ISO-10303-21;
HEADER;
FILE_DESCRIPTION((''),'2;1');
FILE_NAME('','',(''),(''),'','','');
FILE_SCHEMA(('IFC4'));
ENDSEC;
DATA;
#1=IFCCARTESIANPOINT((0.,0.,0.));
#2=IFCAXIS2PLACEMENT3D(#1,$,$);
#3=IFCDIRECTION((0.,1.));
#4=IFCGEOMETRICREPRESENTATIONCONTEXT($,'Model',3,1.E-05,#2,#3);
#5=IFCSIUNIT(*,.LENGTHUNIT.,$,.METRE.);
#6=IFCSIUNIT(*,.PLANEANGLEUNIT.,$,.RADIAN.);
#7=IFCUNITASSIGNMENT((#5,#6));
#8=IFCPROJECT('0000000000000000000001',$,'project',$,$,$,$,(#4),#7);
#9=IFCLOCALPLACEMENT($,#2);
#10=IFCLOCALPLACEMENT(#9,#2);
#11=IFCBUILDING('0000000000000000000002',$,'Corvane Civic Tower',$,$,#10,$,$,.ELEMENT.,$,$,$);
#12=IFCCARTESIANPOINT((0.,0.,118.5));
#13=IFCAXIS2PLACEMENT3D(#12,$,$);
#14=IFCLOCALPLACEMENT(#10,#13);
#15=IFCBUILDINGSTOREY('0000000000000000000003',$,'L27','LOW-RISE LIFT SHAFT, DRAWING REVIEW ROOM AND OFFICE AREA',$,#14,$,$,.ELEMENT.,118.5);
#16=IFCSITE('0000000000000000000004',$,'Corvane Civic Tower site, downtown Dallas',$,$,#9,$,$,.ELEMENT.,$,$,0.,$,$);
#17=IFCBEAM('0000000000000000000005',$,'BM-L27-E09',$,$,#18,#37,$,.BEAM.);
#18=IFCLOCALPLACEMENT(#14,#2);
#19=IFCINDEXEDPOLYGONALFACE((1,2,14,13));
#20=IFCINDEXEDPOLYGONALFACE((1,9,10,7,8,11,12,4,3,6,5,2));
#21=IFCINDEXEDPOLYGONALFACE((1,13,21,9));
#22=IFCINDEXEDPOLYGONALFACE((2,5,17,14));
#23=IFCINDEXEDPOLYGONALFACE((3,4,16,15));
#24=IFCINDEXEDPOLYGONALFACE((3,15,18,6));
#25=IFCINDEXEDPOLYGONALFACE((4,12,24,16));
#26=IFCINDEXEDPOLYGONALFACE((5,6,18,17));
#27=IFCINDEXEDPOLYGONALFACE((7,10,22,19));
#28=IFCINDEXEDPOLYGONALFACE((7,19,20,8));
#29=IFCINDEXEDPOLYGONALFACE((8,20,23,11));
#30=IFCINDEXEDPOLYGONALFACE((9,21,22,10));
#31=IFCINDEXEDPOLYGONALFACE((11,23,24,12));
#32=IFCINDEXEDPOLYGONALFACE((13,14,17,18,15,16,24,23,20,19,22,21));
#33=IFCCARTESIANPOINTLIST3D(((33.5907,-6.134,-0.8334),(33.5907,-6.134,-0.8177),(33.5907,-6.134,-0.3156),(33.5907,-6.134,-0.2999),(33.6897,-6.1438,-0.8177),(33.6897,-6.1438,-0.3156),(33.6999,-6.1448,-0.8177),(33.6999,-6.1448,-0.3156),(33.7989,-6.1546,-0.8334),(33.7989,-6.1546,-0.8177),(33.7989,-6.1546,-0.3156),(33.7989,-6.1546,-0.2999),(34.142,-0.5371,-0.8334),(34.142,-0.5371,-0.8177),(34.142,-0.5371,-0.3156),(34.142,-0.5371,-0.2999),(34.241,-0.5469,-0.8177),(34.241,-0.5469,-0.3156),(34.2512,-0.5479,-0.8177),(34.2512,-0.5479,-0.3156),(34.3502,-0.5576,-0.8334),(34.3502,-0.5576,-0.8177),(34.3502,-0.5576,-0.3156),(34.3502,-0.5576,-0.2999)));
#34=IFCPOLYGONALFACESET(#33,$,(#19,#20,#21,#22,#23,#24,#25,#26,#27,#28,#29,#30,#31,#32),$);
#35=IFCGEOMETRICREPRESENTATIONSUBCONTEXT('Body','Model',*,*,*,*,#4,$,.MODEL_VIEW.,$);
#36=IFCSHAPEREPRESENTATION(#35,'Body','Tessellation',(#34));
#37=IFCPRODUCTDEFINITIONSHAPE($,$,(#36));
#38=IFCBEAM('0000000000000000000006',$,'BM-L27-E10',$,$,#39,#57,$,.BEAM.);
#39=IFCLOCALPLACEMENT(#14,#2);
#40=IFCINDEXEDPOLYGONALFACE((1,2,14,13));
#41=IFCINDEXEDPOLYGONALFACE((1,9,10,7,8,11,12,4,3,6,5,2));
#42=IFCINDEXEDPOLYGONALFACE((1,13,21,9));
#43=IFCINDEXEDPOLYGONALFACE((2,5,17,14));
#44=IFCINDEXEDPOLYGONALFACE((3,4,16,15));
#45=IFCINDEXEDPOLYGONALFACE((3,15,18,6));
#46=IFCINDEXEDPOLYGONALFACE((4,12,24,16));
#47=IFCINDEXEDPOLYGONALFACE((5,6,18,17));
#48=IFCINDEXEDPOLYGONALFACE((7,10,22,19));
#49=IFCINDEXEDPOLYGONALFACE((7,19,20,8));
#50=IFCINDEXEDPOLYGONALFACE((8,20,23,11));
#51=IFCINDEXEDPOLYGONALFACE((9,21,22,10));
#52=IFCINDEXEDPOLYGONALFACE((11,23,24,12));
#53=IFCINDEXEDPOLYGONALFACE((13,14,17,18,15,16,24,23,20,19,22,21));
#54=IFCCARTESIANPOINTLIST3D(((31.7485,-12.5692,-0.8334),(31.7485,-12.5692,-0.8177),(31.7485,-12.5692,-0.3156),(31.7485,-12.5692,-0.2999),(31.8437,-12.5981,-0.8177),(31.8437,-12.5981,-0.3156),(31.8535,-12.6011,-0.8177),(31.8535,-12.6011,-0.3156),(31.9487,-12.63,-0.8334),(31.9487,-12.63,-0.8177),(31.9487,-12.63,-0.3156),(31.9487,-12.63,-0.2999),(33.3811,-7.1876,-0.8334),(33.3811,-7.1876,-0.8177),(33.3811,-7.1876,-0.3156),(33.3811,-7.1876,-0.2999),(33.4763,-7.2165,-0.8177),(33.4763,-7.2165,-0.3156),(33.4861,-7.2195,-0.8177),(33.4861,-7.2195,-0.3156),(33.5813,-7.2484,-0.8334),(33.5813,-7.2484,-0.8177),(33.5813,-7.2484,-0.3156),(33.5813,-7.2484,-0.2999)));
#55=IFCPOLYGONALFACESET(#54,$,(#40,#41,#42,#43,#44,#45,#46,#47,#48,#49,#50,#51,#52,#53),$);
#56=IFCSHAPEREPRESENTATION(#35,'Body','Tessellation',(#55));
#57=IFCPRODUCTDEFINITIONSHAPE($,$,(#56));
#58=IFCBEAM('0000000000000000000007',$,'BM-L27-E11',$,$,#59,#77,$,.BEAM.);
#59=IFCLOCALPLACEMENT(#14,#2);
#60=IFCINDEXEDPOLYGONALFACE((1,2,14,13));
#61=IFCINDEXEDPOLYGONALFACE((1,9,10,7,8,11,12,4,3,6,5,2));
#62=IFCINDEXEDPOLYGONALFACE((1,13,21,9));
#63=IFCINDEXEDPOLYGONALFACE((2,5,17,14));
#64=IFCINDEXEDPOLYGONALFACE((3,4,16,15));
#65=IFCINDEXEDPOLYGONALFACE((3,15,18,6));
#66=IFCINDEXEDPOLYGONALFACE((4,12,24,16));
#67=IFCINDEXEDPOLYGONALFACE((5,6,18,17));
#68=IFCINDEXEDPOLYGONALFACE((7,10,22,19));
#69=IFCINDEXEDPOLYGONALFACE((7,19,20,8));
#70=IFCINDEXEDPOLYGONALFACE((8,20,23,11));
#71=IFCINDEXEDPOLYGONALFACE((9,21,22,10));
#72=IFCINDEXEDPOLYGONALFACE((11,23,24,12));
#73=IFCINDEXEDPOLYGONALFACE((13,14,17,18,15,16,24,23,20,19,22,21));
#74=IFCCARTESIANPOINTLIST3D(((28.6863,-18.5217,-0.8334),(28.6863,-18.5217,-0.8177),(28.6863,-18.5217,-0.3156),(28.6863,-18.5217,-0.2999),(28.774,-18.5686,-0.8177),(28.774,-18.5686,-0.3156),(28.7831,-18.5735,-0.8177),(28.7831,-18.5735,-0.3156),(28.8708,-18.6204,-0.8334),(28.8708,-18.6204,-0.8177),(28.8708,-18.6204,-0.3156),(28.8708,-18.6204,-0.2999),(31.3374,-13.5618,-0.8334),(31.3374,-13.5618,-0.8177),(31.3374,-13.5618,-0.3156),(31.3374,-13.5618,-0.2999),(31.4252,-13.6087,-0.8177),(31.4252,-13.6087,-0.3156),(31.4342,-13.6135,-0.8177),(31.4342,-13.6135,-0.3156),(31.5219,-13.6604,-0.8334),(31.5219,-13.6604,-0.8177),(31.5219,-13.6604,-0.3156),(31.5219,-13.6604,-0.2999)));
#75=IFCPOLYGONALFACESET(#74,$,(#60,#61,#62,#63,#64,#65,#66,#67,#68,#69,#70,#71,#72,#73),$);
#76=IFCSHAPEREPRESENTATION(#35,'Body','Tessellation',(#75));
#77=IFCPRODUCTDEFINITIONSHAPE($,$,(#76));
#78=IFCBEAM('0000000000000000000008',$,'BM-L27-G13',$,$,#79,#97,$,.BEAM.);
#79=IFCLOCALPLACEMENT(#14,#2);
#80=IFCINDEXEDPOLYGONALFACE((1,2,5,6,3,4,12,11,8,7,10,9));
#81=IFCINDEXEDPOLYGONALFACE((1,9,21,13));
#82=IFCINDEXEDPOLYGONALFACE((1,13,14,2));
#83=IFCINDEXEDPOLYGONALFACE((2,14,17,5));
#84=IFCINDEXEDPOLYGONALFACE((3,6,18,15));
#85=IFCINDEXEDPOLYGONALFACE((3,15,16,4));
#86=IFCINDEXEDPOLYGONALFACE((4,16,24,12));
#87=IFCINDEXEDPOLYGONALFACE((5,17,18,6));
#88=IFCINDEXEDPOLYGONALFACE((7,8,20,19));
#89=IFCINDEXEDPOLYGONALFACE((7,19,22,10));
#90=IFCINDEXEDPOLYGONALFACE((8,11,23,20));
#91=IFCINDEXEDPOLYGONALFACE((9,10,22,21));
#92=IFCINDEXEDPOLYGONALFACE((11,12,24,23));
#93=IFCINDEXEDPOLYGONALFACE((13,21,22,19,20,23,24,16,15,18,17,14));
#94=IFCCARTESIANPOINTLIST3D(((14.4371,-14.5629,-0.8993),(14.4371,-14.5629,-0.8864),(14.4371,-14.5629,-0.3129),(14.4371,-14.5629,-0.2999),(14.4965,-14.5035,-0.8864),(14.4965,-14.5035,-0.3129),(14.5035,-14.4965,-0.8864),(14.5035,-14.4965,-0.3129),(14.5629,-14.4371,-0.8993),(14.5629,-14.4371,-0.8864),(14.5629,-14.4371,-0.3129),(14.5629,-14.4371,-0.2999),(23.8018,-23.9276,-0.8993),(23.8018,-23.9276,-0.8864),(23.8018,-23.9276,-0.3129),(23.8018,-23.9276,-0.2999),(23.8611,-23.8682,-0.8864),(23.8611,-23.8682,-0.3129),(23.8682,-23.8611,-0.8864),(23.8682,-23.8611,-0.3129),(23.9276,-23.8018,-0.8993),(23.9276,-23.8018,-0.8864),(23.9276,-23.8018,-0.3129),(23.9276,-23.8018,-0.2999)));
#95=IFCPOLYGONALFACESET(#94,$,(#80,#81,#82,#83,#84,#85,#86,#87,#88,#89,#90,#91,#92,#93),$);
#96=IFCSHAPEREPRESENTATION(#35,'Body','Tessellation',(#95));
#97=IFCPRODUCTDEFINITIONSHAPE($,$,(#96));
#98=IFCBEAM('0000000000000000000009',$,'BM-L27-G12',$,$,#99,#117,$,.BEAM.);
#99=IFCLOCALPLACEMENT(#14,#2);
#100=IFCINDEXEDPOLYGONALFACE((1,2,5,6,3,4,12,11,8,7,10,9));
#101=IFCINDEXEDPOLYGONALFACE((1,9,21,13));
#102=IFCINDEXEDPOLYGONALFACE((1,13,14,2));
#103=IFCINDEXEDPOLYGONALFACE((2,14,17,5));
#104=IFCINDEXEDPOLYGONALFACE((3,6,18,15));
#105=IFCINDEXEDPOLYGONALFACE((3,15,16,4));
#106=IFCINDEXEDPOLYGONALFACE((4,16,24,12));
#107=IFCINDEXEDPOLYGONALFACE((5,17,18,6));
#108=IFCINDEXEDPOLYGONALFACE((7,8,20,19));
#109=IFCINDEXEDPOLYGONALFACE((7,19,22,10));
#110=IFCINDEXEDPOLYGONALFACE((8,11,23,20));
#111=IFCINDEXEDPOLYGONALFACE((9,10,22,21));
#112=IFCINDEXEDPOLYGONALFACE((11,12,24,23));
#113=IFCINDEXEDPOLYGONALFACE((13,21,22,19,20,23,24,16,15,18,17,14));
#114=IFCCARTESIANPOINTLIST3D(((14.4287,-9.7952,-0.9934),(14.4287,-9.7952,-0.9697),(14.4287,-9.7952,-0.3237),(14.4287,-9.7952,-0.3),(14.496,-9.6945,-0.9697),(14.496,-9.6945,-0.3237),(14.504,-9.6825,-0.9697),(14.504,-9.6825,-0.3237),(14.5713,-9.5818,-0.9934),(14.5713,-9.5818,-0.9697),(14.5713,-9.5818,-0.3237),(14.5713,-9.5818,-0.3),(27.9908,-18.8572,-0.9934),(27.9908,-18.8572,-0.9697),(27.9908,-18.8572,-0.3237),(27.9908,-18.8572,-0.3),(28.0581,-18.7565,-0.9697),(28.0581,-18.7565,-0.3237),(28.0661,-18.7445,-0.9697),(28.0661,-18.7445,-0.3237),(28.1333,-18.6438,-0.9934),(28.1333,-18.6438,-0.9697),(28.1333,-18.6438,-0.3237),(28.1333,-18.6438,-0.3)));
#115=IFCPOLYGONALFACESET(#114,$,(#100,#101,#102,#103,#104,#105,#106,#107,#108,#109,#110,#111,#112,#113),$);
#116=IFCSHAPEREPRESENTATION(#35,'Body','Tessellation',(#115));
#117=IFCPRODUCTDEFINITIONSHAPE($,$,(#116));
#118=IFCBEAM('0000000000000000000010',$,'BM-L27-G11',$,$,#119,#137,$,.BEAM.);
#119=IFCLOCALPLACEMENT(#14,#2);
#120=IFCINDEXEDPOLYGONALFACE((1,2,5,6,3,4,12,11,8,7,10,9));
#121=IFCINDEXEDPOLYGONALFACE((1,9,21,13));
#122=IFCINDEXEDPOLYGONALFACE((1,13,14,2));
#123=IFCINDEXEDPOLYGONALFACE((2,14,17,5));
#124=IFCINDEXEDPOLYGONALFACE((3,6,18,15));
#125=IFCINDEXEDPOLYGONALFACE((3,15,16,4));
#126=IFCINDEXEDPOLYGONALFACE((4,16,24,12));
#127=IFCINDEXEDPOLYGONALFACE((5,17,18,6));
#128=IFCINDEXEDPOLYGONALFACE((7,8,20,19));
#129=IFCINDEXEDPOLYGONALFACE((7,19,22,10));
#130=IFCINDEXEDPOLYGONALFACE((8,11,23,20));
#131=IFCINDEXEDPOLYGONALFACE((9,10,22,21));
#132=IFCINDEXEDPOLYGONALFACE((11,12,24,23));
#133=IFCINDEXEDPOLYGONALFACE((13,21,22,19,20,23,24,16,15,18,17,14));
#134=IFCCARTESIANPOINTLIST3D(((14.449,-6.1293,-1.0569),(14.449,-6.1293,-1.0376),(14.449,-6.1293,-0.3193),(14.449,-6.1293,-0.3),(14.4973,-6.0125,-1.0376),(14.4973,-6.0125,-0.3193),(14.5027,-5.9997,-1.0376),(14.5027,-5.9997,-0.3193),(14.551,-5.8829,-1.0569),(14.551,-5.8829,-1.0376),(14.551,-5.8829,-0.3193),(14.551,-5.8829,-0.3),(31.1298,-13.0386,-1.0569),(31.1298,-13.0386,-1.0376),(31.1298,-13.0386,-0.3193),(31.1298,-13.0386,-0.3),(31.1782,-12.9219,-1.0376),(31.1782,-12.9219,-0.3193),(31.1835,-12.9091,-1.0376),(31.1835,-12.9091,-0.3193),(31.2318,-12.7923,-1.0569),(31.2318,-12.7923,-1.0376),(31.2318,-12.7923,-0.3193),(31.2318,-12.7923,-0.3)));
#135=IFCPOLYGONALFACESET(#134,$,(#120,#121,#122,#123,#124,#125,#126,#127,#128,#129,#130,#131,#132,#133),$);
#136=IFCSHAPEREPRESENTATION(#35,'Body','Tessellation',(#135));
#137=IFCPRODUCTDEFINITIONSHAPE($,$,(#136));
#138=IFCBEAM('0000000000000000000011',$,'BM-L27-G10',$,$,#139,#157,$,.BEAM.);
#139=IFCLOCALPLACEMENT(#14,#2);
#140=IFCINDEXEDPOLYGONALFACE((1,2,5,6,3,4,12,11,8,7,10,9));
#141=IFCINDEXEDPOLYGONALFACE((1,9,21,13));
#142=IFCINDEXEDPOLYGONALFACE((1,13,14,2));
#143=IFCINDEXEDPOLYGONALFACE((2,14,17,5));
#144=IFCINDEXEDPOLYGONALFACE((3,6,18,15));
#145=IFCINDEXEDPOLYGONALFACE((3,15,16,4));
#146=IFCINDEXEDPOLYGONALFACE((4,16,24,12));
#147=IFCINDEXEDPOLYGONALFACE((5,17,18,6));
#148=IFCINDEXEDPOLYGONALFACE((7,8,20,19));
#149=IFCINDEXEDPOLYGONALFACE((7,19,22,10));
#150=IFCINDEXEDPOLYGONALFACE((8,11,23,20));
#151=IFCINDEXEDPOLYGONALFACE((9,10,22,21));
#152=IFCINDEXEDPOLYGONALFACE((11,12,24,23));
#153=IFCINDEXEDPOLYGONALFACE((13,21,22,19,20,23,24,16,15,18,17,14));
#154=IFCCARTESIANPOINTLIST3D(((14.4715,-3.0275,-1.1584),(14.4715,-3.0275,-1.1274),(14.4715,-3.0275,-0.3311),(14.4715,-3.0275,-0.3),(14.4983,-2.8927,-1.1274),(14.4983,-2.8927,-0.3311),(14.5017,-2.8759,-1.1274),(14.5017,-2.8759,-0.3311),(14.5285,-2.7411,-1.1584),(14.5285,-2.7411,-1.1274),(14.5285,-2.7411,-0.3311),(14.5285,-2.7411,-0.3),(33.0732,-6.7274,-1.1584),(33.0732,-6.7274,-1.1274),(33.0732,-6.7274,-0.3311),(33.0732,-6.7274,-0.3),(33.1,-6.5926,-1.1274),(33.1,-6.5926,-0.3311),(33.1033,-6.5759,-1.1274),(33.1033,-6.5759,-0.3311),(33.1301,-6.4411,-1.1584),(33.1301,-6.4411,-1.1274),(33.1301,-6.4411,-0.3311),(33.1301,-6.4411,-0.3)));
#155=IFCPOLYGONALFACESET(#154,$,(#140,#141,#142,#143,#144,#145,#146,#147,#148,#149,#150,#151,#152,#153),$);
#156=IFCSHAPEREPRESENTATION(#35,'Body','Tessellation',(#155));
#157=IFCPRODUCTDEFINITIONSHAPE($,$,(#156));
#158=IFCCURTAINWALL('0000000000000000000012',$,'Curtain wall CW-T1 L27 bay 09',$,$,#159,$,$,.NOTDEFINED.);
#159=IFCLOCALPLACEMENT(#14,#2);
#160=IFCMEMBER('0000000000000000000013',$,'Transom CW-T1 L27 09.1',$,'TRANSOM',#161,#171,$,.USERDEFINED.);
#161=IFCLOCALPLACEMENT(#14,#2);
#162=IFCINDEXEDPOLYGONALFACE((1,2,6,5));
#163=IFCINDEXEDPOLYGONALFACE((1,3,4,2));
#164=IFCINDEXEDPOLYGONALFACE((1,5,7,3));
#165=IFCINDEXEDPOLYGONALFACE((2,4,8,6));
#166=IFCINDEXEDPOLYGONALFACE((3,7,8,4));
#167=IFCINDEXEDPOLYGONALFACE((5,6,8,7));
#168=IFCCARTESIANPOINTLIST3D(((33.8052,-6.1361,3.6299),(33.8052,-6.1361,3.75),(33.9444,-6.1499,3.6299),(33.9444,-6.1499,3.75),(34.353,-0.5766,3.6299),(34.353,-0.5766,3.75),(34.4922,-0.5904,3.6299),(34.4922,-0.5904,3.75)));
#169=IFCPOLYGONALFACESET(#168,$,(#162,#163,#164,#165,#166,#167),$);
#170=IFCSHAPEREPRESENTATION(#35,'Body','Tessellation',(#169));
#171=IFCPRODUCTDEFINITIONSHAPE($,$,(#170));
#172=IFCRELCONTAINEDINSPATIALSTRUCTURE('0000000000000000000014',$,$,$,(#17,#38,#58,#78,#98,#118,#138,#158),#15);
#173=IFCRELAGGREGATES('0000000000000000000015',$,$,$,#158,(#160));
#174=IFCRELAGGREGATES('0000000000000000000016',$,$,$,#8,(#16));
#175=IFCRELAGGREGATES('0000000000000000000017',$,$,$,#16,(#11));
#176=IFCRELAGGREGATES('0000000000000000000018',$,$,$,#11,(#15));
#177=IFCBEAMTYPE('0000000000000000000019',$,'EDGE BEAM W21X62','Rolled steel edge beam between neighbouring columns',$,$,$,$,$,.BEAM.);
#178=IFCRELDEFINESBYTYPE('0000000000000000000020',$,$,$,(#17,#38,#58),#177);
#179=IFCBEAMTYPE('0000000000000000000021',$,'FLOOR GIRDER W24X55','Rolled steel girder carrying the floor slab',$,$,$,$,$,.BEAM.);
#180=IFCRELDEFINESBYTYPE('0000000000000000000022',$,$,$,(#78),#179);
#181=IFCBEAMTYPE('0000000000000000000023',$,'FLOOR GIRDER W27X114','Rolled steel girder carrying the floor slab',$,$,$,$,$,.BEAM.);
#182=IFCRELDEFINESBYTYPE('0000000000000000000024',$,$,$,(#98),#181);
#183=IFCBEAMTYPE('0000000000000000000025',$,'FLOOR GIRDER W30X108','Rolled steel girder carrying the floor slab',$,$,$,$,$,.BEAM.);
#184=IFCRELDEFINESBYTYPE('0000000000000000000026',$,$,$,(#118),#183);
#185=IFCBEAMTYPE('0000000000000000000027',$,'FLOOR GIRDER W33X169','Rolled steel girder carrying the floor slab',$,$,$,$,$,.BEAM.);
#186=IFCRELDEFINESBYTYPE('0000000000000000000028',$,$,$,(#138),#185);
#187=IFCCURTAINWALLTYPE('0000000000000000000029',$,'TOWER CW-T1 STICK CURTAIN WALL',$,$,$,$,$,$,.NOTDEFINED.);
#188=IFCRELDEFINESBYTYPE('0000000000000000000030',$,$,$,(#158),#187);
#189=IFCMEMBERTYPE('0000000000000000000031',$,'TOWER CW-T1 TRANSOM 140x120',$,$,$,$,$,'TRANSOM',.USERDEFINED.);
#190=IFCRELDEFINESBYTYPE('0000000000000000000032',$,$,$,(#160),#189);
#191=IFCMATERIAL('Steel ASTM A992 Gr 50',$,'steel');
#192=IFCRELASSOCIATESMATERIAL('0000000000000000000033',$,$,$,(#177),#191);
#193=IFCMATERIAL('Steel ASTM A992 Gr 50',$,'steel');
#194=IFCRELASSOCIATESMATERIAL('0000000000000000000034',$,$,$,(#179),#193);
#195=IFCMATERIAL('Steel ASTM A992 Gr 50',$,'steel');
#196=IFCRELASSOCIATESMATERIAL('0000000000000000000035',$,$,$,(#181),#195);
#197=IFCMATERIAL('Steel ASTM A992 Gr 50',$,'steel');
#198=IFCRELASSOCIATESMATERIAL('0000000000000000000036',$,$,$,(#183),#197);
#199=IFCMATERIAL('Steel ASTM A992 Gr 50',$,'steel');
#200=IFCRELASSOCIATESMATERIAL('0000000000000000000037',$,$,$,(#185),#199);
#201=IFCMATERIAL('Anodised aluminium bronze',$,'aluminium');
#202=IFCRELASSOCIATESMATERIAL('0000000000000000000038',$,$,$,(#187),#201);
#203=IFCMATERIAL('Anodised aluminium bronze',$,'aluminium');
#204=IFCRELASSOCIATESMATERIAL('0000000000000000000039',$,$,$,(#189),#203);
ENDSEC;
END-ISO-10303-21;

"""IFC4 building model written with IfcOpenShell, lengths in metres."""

from ifc_helpers import new_model, si_unit, direction, frame, origin, origin_2d, place, context, subcontext, project, spatial, rectangle, i_section, extrude, material, material_profile, profile_set, type_object, element, aggregate, save


model = new_model("IFC4")

# Units and contexts
model_context = context("Model", 3, precision=1e-05, world=origin(), true_north=direction((0.0, 1.0)))
body_context = subcontext(model_context, "Body", "Model", "MODEL_VIEW")
ifc_project = project(units=[si_unit("LENGTHUNIT", "METRE"), si_unit("PLANEANGLEUNIT", "RADIAN")], contexts=[model_context])

# Site, building, storey
site_placement = place(None, origin())
site = spatial("IfcSite", under=ifc_project, at=site_placement, Name="Corvane Civic Tower site, downtown Dallas", CompositionType="ELEMENT", RefElevation=0.0)
building_placement = place(site_placement, origin())
building = spatial("IfcBuilding", under=site, at=building_placement, Name="Corvane Civic Tower", CompositionType="ELEMENT")
storey_placement = place(building_placement, frame((0.0, 0.0, 118.5)))
storey = spatial("IfcBuildingStorey", under=building, at=storey_placement, Name="L27", Description="LOW-RISE LIFT SHAFT, DRAWING REVIEW ROOM AND OFFICE AREA", CompositionType="ELEMENT", Elevation=118.5)

# Beams
ifc_material_1 = material(Name="Steel ASTM A992 Gr 50", Category="steel")
ifc_material_profile_1 = material_profile(ifc_material_1, i_section(OverallWidth=0.2092, OverallDepth=0.5334, WebThickness=0.0103, FlangeThickness=0.0156, at=origin_2d()), Name="W21X62")
ifc_profile_set_1 = profile_set([ifc_material_profile_1], Name="Steel ASTM A992 Gr 50")
beam_type_1 = type_object("IfcBeamType", Name="EDGE BEAM W21X62", Description="Rolled steel edge beam between neighbouring columns", PredefinedType="BEAM", material=ifc_profile_set_1)
beam_1_placement = place(storey_placement, frame((34.2461, -0.5474, -0.5667), z_axis=(-0.098021, -0.995184, 0.0), x_axis=(0.995184, -0.098021, 0.0)))
element("IfcBeam", 1, at=beam_1_placement, inside=storey, type_object=beam_type_1, Name="BM-L27-E09", PredefinedType="BEAM", context=body_context, shape_type="SweptSolid", body=[
    extrude(i_section(OverallWidth=0.2092, OverallDepth=0.5334, WebThickness=0.0103, FlangeThickness=0.0156, at=origin_2d()), origin(), (0.0, 0.0, 1.0), 5.624),
])
beam_2_placement = place(storey_placement, frame((33.4812, -7.218, -0.5667), z_axis=(-0.290298, -0.956936, 0.0), x_axis=(0.956936, -0.290298, 0.0)))
element("IfcBeam", 2, at=beam_2_placement, inside=storey, type_object=beam_type_1, Name="BM-L27-E10", PredefinedType="BEAM", context=body_context, shape_type="SweptSolid", body=[
    extrude(i_section(OverallWidth=0.2092, OverallDepth=0.5334, WebThickness=0.0103, FlangeThickness=0.0156, at=origin_2d()), origin(), (0.0, 0.0, 1.0), 5.6238),
])
beam_3_placement = place(storey_placement, frame((31.4297, -13.6111, -0.5667), z_axis=(-0.471392, -0.881924, 0.0), x_axis=(0.881924, -0.471392, 0.0)))
element("IfcBeam", 3, at=beam_3_placement, inside=storey, type_object=beam_type_1, Name="BM-L27-E11", PredefinedType="BEAM", context=body_context, shape_type="SweptSolid", body=[
    extrude(i_section(OverallWidth=0.2092, OverallDepth=0.5334, WebThickness=0.0103, FlangeThickness=0.0156, at=origin_2d()), origin(), (0.0, 0.0, 1.0), 5.624),
])
ifc_material_2 = material(Name="Steel ASTM A992 Gr 50", Category="steel")
ifc_material_profile_2 = material_profile(ifc_material_2, i_section(OverallWidth=0.178, OverallDepth=0.5994, WebThickness=0.01, FlangeThickness=0.0129, at=origin_2d()), Name="W24X55")
ifc_profile_set_2 = profile_set([ifc_material_profile_2], Name="Steel ASTM A992 Gr 50")
beam_type_2 = type_object("IfcBeamType", Name="FLOOR GIRDER W24X55", Description="Rolled steel girder carrying the floor slab", PredefinedType="BEAM", material=ifc_profile_set_2)
beam_4_placement = place(storey_placement, frame((14.5, -14.5, -0.5996), z_axis=(0.707107, -0.707107, 0.0), x_axis=(0.707107, 0.707107, 0.0)))
element("IfcBeam", 4, at=beam_4_placement, inside=storey, type_object=beam_type_2, Name="BM-L27-G13", PredefinedType="BEAM", context=body_context, shape_type="SweptSolid", body=[
    extrude(i_section(OverallWidth=0.178, OverallDepth=0.5994, WebThickness=0.01, FlangeThickness=0.0129, at=origin_2d()), origin(), (0.0, 0.0, 1.0), 13.2437),
])
ifc_material_3 = material(Name="Steel ASTM A992 Gr 50", Category="steel")
ifc_material_profile_3 = material_profile(ifc_material_3, i_section(OverallWidth=0.2566, OverallDepth=0.6934, WebThickness=0.0144, FlangeThickness=0.0237, at=origin_2d()), Name="W27X114")
ifc_profile_set_3 = profile_set([ifc_material_profile_3], Name="Steel ASTM A992 Gr 50")
beam_type_3 = type_object("IfcBeamType", Name="FLOOR GIRDER W27X114", Description="Rolled steel girder carrying the floor slab", PredefinedType="BEAM", material=ifc_profile_set_3)
beam_5_placement = place(storey_placement, frame((14.5, -9.6885, -0.6467), z_axis=(0.831465, -0.555577, 0.0), x_axis=(0.555577, 0.831465, 0.0)))
element("IfcBeam", 5, at=beam_5_placement, inside=storey, type_object=beam_type_3, Name="BM-L27-G12", PredefinedType="BEAM", context=body_context, shape_type="SweptSolid", body=[
    extrude(i_section(OverallWidth=0.2566, OverallDepth=0.6934, WebThickness=0.0144, FlangeThickness=0.0237, at=origin_2d()), origin(), (0.0, 0.0, 1.0), 16.311),
])
ifc_material_4 = material(Name="Steel ASTM A992 Gr 50", Category="steel")
ifc_material_profile_4 = material_profile(ifc_material_4, i_section(OverallWidth=0.2666, OverallDepth=0.7568, WebThickness=0.0139, FlangeThickness=0.0193, at=origin_2d()), Name="W30X108")
ifc_profile_set_4 = profile_set([ifc_material_profile_4], Name="Steel ASTM A992 Gr 50")
beam_type_4 = type_object("IfcBeamType", Name="FLOOR GIRDER W30X108", Description="Rolled steel girder carrying the floor slab", PredefinedType="BEAM", material=ifc_profile_set_4)
beam_6_placement = place(storey_placement, frame((14.5, -6.0061, -0.6785), z_axis=(0.92388, -0.382682, 0.0), x_axis=(0.382682, 0.92388, 0.0)))
element("IfcBeam", 6, at=beam_6_placement, inside=storey, type_object=beam_type_4, Name="BM-L27-G11", PredefinedType="BEAM", context=body_context, shape_type="SweptSolid", body=[
    extrude(i_section(OverallWidth=0.2666, OverallDepth=0.7568, WebThickness=0.0139, FlangeThickness=0.0193, at=origin_2d()), origin(), (0.0, 0.0, 1.0), 18.0552),
])
ifc_material_5 = material(Name="Steel ASTM A992 Gr 50", Category="steel")
ifc_material_profile_5 = material_profile(ifc_material_5, i_section(OverallWidth=0.292, OverallDepth=0.8584, WebThickness=0.0171, FlangeThickness=0.031, at=origin_2d()), Name="W33X169")
ifc_profile_set_5 = profile_set([ifc_material_profile_5], Name="Steel ASTM A992 Gr 50")
beam_type_5 = type_object("IfcBeamType", Name="FLOOR GIRDER W33X169", Description="Rolled steel girder carrying the floor slab", PredefinedType="BEAM", material=ifc_profile_set_5)
beam_7_placement = place(storey_placement, frame((14.5, -2.8843, -0.7292), z_axis=(0.980787, -0.195084, 0.0), x_axis=(0.195084, 0.980787, 0.0)))
element("IfcBeam", 7, at=beam_7_placement, inside=storey, type_object=beam_type_5, Name="BM-L27-G10", PredefinedType="BEAM", context=body_context, shape_type="SweptSolid", body=[
    extrude(i_section(OverallWidth=0.292, OverallDepth=0.8584, WebThickness=0.0171, FlangeThickness=0.031, at=origin_2d()), origin(), (0.0, 0.0, 1.0), 18.9661),
])

# Curtain wall, member
ifc_material_6 = material(Name="Anodised aluminium bronze", Category="aluminium")
curtain_wall_type = type_object("IfcCurtainWallType", Name="TOWER CW-T1 STICK CURTAIN WALL", PredefinedType="NOTDEFINED", material=ifc_material_6)
curtain_wall_1_placement = place(storey_placement, origin())
curtain_wall_1 = element("IfcCurtainWall", 8, at=curtain_wall_1_placement, inside=storey, type_object=curtain_wall_type, Name="Curtain wall CW-T1 L27 bay 09", PredefinedType="NOTDEFINED")
ifc_material_7 = material(Name="Anodised aluminium bronze", Category="aluminium")
ifc_material_profile_6 = material_profile(ifc_material_7, rectangle(XDim=0.1399, YDim=0.1201, at=origin_2d()), Name="TOWER CW-T1 TRANSOM 140x120")
ifc_profile_set_6 = profile_set([ifc_material_profile_6], Name="Anodised aluminium bronze")
member_type = type_object("IfcMemberType", Name="TOWER CW-T1 TRANSOM 140x120", ElementType="TRANSOM", PredefinedType="USERDEFINED", material=ifc_profile_set_6)
member_1_placement = place(storey_placement, frame((34.4226, -0.5835, 3.6899), z_axis=(-0.098067, -0.99518, 0.0), x_axis=(0.99518, -0.098067, 0.0)))
member_1 = element("IfcMember", 9, at=member_1_placement, type_object=member_type, Name="Transom CW-T1 L27 09.1", ObjectType="TRANSOM", PredefinedType="USERDEFINED", context=body_context, shape_type="SweptSolid", body=[
    extrude(rectangle(XDim=0.1399, YDim=0.1201, at=origin_2d()), origin(), (0.0, 0.0, 1.0), 5.5864),
])

aggregate(curtain_wall_1, [member_1])

save(model, "model.ifc")
